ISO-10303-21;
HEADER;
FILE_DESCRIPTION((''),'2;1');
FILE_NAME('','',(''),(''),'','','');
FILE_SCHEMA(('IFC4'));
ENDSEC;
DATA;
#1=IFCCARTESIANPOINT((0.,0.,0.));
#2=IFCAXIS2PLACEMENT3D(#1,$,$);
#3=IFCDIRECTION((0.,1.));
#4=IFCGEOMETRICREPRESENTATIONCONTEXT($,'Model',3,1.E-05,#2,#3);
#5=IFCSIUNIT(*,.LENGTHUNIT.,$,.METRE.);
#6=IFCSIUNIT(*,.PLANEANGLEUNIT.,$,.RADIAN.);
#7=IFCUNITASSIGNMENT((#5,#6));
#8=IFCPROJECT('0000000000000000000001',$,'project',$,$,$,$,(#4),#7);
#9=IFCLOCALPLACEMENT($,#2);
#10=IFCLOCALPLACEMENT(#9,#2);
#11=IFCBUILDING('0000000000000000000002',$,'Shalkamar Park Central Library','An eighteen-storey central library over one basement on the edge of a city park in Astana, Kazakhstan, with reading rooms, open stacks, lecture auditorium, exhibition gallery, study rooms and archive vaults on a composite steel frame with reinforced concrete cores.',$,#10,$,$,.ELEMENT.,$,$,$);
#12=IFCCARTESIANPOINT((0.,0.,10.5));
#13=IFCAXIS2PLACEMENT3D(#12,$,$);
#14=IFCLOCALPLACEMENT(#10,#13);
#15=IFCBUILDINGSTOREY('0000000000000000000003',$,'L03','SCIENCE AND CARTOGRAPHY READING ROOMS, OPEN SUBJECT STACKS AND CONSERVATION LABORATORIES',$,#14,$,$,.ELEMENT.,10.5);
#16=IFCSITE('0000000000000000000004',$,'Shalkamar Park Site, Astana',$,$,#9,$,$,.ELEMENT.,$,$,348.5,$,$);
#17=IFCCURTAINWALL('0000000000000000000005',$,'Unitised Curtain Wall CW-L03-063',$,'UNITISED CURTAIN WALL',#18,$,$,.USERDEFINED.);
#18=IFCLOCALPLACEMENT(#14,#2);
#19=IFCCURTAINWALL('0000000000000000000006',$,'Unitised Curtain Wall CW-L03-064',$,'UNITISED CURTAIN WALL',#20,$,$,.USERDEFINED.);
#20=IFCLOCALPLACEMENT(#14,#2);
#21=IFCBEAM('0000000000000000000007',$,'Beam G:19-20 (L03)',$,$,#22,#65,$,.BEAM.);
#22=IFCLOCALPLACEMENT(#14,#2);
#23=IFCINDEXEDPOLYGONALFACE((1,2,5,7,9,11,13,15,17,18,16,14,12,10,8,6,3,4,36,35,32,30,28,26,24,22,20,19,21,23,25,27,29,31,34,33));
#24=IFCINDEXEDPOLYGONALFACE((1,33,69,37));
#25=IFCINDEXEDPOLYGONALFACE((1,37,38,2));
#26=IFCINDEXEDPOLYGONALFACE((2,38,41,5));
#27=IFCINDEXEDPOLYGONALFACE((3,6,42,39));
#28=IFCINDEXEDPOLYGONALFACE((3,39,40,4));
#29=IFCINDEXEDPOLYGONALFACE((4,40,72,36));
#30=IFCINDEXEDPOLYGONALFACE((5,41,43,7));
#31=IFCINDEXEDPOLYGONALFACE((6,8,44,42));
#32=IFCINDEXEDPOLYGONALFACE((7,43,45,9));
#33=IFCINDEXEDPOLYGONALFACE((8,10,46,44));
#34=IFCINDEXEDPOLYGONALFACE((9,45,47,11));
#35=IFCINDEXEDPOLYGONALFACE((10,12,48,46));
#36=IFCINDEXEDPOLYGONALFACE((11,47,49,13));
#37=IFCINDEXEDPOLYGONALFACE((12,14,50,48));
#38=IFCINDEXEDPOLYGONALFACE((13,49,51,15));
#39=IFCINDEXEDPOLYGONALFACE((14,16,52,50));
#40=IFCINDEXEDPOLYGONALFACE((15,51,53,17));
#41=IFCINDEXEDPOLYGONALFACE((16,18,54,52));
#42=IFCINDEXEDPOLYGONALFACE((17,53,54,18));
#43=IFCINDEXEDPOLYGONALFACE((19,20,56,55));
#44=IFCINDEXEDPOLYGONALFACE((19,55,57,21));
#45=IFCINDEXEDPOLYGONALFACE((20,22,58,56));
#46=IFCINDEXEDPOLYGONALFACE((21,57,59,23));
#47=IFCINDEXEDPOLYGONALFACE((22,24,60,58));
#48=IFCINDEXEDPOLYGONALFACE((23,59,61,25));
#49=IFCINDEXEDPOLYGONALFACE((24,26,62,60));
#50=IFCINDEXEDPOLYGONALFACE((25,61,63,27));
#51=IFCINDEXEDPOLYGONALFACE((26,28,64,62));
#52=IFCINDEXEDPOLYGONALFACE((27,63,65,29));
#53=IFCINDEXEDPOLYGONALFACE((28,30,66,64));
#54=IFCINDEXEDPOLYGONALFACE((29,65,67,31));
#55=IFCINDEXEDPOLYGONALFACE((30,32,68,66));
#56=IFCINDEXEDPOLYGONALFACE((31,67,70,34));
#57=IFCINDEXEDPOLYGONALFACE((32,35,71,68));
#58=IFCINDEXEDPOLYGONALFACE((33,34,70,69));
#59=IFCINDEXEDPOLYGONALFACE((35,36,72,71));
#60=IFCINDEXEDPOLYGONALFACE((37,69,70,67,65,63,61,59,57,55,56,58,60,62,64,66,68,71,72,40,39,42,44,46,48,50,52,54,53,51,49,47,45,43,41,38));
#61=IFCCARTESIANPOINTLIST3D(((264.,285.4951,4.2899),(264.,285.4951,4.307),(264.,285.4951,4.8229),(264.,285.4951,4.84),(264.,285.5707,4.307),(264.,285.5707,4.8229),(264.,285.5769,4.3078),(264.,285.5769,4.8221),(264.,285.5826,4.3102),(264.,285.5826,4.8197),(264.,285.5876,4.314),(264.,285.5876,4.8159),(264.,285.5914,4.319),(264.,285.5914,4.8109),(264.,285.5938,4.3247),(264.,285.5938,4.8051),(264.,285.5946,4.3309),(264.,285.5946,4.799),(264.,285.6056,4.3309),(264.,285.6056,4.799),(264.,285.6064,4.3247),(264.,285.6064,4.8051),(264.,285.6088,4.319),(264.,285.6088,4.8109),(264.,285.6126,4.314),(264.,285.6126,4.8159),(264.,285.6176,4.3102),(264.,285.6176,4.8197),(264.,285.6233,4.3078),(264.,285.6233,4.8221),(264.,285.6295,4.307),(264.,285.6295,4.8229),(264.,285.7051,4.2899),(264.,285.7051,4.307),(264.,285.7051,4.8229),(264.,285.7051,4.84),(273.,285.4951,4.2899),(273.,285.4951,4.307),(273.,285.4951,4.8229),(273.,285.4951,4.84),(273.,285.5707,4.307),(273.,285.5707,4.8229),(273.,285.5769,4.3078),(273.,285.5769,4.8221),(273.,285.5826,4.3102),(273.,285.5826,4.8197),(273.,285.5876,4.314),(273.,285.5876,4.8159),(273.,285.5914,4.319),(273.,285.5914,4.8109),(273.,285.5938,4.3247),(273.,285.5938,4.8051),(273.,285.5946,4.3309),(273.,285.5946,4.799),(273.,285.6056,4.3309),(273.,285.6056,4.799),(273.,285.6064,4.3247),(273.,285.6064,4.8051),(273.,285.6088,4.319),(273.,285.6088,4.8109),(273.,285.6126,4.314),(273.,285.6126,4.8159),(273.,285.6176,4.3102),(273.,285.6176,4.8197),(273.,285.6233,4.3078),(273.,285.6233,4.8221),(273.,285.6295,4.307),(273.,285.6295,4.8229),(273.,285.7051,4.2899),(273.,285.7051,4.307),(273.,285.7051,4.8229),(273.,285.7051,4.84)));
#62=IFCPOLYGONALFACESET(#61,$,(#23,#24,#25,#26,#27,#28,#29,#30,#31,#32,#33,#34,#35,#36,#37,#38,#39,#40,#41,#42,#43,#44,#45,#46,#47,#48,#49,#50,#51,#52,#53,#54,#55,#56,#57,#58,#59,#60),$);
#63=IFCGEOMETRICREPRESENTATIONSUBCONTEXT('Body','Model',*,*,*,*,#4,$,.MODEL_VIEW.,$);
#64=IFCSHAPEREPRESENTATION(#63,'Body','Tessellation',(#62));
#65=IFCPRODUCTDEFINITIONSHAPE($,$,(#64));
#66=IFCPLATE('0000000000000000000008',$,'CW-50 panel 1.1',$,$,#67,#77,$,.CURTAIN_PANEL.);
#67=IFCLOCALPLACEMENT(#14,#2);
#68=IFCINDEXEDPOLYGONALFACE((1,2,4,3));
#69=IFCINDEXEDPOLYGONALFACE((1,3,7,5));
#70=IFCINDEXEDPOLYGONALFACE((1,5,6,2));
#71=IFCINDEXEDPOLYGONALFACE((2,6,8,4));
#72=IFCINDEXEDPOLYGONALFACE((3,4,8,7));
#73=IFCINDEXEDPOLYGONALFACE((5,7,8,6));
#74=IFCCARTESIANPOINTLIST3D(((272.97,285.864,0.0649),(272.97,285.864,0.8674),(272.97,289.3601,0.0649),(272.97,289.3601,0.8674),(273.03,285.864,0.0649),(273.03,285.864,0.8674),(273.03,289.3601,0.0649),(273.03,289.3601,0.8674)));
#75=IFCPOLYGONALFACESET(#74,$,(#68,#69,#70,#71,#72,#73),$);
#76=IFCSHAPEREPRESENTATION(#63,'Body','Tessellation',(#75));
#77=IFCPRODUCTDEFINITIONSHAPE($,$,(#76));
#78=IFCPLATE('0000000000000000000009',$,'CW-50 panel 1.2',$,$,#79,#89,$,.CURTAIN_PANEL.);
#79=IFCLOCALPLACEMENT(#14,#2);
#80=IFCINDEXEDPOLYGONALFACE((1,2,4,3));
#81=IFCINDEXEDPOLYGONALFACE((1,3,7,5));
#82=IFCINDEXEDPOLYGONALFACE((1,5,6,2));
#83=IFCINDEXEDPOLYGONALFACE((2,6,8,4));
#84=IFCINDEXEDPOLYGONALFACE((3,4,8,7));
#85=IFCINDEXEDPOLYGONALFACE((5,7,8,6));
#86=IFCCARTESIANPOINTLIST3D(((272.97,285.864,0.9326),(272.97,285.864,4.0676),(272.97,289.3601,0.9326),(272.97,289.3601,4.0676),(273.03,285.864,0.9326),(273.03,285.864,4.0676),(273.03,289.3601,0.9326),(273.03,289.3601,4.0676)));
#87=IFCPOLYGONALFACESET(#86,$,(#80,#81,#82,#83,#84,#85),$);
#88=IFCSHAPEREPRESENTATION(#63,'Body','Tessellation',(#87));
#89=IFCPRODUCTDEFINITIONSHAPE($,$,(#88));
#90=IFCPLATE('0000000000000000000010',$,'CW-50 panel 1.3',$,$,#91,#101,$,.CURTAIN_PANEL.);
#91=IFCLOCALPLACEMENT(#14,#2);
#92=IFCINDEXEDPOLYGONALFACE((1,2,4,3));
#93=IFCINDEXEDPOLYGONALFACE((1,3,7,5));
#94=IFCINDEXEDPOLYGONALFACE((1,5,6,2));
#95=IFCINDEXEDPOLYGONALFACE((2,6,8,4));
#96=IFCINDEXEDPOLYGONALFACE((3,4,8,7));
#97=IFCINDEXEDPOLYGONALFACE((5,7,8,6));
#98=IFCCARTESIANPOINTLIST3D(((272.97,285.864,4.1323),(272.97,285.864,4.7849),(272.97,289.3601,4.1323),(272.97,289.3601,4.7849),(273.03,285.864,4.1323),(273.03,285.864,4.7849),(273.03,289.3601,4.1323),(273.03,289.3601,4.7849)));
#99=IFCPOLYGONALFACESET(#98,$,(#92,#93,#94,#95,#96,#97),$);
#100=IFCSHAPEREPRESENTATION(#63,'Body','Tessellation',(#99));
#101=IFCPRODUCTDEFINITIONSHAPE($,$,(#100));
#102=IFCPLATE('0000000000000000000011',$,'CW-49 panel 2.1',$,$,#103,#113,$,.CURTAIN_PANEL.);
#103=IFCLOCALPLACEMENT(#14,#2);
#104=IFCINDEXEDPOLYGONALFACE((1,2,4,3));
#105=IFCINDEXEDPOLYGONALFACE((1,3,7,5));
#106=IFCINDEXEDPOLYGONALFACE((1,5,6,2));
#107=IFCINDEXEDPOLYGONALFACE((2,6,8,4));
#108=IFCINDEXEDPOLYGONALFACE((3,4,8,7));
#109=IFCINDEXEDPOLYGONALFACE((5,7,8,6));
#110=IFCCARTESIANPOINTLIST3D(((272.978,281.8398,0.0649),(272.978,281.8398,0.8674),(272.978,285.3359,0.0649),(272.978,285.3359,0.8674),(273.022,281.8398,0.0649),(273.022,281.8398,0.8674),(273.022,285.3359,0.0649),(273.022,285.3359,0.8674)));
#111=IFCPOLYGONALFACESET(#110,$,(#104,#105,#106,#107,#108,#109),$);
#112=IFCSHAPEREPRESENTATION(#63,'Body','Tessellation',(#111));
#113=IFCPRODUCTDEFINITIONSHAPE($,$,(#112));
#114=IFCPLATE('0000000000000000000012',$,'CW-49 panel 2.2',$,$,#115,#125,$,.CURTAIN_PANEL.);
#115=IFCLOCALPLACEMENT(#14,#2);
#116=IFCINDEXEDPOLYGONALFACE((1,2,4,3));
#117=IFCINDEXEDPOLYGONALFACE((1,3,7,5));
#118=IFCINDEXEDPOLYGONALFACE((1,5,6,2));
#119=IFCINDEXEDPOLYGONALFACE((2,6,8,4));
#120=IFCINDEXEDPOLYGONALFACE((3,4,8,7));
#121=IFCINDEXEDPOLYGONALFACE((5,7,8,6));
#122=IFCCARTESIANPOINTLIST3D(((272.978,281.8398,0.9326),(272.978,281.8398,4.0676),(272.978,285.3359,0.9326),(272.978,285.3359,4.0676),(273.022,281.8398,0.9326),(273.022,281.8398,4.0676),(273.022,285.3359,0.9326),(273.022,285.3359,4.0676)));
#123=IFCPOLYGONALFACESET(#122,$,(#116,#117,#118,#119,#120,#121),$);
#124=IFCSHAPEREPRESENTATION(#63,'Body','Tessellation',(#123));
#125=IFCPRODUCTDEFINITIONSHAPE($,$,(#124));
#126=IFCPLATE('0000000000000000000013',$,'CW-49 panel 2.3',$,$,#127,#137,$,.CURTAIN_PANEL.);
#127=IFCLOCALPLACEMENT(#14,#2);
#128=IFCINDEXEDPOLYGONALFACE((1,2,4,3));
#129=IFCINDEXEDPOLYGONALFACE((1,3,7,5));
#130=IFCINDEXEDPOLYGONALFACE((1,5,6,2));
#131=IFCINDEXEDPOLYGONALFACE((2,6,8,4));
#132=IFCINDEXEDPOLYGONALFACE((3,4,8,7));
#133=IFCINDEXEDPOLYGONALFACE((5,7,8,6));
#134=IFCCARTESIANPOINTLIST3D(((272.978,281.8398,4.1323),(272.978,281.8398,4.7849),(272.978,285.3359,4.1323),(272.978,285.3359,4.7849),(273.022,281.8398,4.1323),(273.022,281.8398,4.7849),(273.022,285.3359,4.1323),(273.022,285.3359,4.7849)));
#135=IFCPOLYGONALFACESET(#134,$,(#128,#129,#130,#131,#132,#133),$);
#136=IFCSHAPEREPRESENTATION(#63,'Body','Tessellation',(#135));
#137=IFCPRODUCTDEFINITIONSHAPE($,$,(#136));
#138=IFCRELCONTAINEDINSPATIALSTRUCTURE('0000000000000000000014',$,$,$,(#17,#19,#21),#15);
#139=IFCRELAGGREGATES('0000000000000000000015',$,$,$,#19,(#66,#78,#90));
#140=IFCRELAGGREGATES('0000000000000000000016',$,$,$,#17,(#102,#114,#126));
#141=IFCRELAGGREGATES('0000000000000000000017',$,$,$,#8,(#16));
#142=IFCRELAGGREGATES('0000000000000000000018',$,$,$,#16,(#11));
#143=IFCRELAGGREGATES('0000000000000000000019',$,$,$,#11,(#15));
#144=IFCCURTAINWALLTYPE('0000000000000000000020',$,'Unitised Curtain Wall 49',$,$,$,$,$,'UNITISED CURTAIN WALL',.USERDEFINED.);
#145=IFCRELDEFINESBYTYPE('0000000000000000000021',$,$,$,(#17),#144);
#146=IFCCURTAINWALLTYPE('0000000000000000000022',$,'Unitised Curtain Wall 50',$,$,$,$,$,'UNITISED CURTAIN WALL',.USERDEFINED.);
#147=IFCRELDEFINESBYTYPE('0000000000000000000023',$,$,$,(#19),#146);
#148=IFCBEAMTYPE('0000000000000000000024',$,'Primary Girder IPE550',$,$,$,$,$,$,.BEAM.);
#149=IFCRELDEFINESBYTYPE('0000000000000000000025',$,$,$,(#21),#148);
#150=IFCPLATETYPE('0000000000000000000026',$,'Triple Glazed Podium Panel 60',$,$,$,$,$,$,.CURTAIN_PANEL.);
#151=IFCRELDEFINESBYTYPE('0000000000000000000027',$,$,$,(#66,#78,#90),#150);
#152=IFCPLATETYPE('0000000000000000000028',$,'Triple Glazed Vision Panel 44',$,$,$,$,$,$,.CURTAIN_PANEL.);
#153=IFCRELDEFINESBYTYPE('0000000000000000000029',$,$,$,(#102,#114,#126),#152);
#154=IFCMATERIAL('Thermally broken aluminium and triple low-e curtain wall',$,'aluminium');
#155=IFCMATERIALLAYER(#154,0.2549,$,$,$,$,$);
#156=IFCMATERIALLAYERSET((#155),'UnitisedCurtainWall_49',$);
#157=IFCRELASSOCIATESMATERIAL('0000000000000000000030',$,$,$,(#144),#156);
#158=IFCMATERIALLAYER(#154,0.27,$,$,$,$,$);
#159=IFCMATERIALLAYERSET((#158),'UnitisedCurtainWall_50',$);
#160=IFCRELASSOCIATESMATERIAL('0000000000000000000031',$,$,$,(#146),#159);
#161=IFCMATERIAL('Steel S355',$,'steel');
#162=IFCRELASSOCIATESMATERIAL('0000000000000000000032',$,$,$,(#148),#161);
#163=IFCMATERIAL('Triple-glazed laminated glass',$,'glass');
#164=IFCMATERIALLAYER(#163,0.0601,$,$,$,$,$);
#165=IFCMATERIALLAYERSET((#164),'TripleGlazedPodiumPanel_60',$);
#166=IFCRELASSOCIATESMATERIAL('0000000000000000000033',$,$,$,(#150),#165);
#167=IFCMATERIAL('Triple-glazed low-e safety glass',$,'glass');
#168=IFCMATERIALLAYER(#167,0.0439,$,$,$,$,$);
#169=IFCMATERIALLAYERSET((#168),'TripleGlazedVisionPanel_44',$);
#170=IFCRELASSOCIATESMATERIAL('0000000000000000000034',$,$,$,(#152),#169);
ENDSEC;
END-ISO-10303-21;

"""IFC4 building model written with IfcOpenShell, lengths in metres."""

from ifc_helpers import new_model, si_unit, direction, frame, origin, origin_2d, place, context, subcontext, project, spatial, rectangle, i_section, extrude, material, layer, layer_set, material_profile, profile_set, type_object, element, aggregate, save


model = new_model("IFC4")

# Units and contexts
model_context = context("Model", 3, precision=1e-05, world=origin(), true_north=direction((0.0, 1.0)))
body_context = subcontext(model_context, "Body", "Model", "MODEL_VIEW")
ifc_project = project(units=[si_unit("LENGTHUNIT", "METRE"), si_unit("PLANEANGLEUNIT", "RADIAN")], contexts=[model_context])

# Site, building, storey
site_placement = place(None, origin())
site = spatial("IfcSite", under=ifc_project, at=site_placement, Name="Shalkamar Park Site, Astana", CompositionType="ELEMENT", RefElevation=348.5)
building_placement = place(site_placement, origin())
building = spatial("IfcBuilding", under=site, at=building_placement, Name="Shalkamar Park Central Library", Description="An eighteen-storey central library over one basement on the edge of a city park in Astana, Kazakhstan, with reading rooms, open stacks, lecture auditorium, exhibition gallery, study rooms and archive vaults on a composite steel frame with reinforced concrete cores.", CompositionType="ELEMENT")
storey_placement = place(building_placement, frame((0.0, 0.0, 10.5)))
storey = spatial("IfcBuildingStorey", under=building, at=storey_placement, Name="L03", Description="SCIENCE AND CARTOGRAPHY READING ROOMS, OPEN SUBJECT STACKS AND CONSERVATION LABORATORIES", CompositionType="ELEMENT", Elevation=10.5)

# Shared definitions
ifc_material_1 = material(Name="Steel S355", Category="steel")

# Curtain wall
ifc_material_2 = material(Name="Thermally broken aluminium and triple low-e curtain wall", Category="aluminium")
ifc_layer_1 = layer(ifc_material_2, 0.2549)
ifc_layer_set_1 = layer_set([ifc_layer_1], Name="UnitisedCurtainWall_49")
curtain_wall_type_1 = type_object("IfcCurtainWallType", Name="Unitised Curtain Wall 49", ElementType="UNITISED CURTAIN WALL", PredefinedType="USERDEFINED", material=ifc_layer_set_1)
curtain_wall_1_placement = place(storey_placement, origin())
curtain_wall_1 = element("IfcCurtainWall", 1, at=curtain_wall_1_placement, inside=storey, type_object=curtain_wall_type_1, Name="Unitised Curtain Wall CW-L03-063", ObjectType="UNITISED CURTAIN WALL", PredefinedType="USERDEFINED")

# Curtain wall
ifc_layer_2 = layer(ifc_material_2, 0.27)
ifc_layer_set_2 = layer_set([ifc_layer_2], Name="UnitisedCurtainWall_50")
curtain_wall_type_2 = type_object("IfcCurtainWallType", Name="Unitised Curtain Wall 50", ElementType="UNITISED CURTAIN WALL", PredefinedType="USERDEFINED", material=ifc_layer_set_2)
curtain_wall_2_placement = place(storey_placement, origin())
curtain_wall_2 = element("IfcCurtainWall", 2, at=curtain_wall_2_placement, inside=storey, type_object=curtain_wall_type_2, Name="Unitised Curtain Wall CW-L03-064", ObjectType="UNITISED CURTAIN WALL", PredefinedType="USERDEFINED")

# Beam
ifc_material_profile_1 = material_profile(ifc_material_1, i_section(OverallWidth=0.21, OverallDepth=0.55, WebThickness=0.011, FlangeThickness=0.0171, FilletRadius=0.0239, at=origin_2d()), Name="IPE 550")
ifc_profile_set_1 = profile_set([ifc_material_profile_1], Name="Steel S355")
beam_type_1 = type_object("IfcBeamType", Name="Primary Girder IPE550", PredefinedType="BEAM", material=ifc_profile_set_1)
beam_1_placement = place(storey_placement, frame((264.0, 285.6001, 4.5649), z_axis=(1.0, 0.0, 0.0), x_axis=(0.0, 1.0, 0.0)))
element("IfcBeam", 3, at=beam_1_placement, inside=storey, type_object=beam_type_1, Name="Beam G:19-20 (L03)", PredefinedType="BEAM", context=body_context, shape_type="SweptSolid", body=[
    extrude(i_section(OverallWidth=0.21, OverallDepth=0.55, WebThickness=0.011, FlangeThickness=0.0171, FilletRadius=0.0239, at=origin_2d()), origin(), (0.0, 0.0, 1.0), 9.0),
])

# Plates
ifc_material_3 = material(Name="Triple-glazed laminated glass", Category="glass")
ifc_layer_3 = layer(ifc_material_3, 0.0601)
ifc_layer_set_3 = layer_set([ifc_layer_3], Name="TripleGlazedPodiumPanel_60")
plate_type_1 = type_object("IfcPlateType", Name="Triple Glazed Podium Panel 60", PredefinedType="CURTAIN_PANEL", material=ifc_layer_set_3)
plate_1_placement = place(storey_placement, frame((273.0, 287.6121, 0.0649), z_axis=(0.0, 0.0, 1.0), x_axis=(0.0, 1.0, 0.0)))
plate_1 = element("IfcPlate", 4, at=plate_1_placement, type_object=plate_type_1, Name="CW-50 panel 1.1", PredefinedType="CURTAIN_PANEL", context=body_context, shape_type="SweptSolid", body=[
    extrude(rectangle(XDim=3.4961, YDim=0.0601, at=origin_2d()), origin(), (0.0, 0.0, 1.0), 0.8025),
])
plate_2_placement = place(storey_placement, frame((273.0, 287.6121, 0.9326), z_axis=(0.0, 0.0, 1.0), x_axis=(0.0, 1.0, 0.0)))
plate_2 = element("IfcPlate", 5, at=plate_2_placement, type_object=plate_type_1, Name="CW-50 panel 1.2", PredefinedType="CURTAIN_PANEL", context=body_context, shape_type="SweptSolid", body=[
    extrude(rectangle(XDim=3.4961, YDim=0.0601, at=origin_2d()), origin(), (0.0, 0.0, 1.0), 3.135),
])
plate_3_placement = place(storey_placement, frame((273.0, 287.6121, 4.1323), z_axis=(0.0, 0.0, 1.0), x_axis=(0.0, 1.0, 0.0)))
plate_3 = element("IfcPlate", 6, at=plate_3_placement, type_object=plate_type_1, Name="CW-50 panel 1.3", PredefinedType="CURTAIN_PANEL", context=body_context, shape_type="SweptSolid", body=[
    extrude(rectangle(XDim=3.4961, YDim=0.0601, at=origin_2d()), origin(), (0.0, 0.0, 1.0), 0.6526),
])
aggregate(curtain_wall_2, [plate_1, plate_2, plate_3])
ifc_material_4 = material(Name="Triple-glazed low-e safety glass", Category="glass")
ifc_layer_4 = layer(ifc_material_4, 0.0439)
ifc_layer_set_4 = layer_set([ifc_layer_4], Name="TripleGlazedVisionPanel_44")
plate_type_2 = type_object("IfcPlateType", Name="Triple Glazed Vision Panel 44", PredefinedType="CURTAIN_PANEL", material=ifc_layer_set_4)
plate_4_placement = place(storey_placement, frame((273.0, 283.5879, 0.0649), z_axis=(0.0, 0.0, 1.0), x_axis=(0.0, 1.0, 0.0)))
plate_4 = element("IfcPlate", 7, at=plate_4_placement, type_object=plate_type_2, Name="CW-49 panel 2.1", PredefinedType="CURTAIN_PANEL", context=body_context, shape_type="SweptSolid", body=[
    extrude(rectangle(XDim=3.4961, YDim=0.0439, at=origin_2d()), origin(), (0.0, 0.0, 1.0), 0.8025),
])
plate_5_placement = place(storey_placement, frame((273.0, 283.5879, 0.9326), z_axis=(0.0, 0.0, 1.0), x_axis=(0.0, 1.0, 0.0)))
plate_5 = element("IfcPlate", 8, at=plate_5_placement, type_object=plate_type_2, Name="CW-49 panel 2.2", PredefinedType="CURTAIN_PANEL", context=body_context, shape_type="SweptSolid", body=[
    extrude(rectangle(XDim=3.4961, YDim=0.0439, at=origin_2d()), origin(), (0.0, 0.0, 1.0), 3.135),
])
plate_6_placement = place(storey_placement, frame((273.0, 283.5879, 4.1323), z_axis=(0.0, 0.0, 1.0), x_axis=(0.0, 1.0, 0.0)))
plate_6 = element("IfcPlate", 9, at=plate_6_placement, type_object=plate_type_2, Name="CW-49 panel 2.3", PredefinedType="CURTAIN_PANEL", context=body_context, shape_type="SweptSolid", body=[
    extrude(rectangle(XDim=3.4961, YDim=0.0439, at=origin_2d()), origin(), (0.0, 0.0, 1.0), 0.6526),
])
aggregate(curtain_wall_1, [plate_4, plate_5, plate_6])

save(model, "model.ifc")
